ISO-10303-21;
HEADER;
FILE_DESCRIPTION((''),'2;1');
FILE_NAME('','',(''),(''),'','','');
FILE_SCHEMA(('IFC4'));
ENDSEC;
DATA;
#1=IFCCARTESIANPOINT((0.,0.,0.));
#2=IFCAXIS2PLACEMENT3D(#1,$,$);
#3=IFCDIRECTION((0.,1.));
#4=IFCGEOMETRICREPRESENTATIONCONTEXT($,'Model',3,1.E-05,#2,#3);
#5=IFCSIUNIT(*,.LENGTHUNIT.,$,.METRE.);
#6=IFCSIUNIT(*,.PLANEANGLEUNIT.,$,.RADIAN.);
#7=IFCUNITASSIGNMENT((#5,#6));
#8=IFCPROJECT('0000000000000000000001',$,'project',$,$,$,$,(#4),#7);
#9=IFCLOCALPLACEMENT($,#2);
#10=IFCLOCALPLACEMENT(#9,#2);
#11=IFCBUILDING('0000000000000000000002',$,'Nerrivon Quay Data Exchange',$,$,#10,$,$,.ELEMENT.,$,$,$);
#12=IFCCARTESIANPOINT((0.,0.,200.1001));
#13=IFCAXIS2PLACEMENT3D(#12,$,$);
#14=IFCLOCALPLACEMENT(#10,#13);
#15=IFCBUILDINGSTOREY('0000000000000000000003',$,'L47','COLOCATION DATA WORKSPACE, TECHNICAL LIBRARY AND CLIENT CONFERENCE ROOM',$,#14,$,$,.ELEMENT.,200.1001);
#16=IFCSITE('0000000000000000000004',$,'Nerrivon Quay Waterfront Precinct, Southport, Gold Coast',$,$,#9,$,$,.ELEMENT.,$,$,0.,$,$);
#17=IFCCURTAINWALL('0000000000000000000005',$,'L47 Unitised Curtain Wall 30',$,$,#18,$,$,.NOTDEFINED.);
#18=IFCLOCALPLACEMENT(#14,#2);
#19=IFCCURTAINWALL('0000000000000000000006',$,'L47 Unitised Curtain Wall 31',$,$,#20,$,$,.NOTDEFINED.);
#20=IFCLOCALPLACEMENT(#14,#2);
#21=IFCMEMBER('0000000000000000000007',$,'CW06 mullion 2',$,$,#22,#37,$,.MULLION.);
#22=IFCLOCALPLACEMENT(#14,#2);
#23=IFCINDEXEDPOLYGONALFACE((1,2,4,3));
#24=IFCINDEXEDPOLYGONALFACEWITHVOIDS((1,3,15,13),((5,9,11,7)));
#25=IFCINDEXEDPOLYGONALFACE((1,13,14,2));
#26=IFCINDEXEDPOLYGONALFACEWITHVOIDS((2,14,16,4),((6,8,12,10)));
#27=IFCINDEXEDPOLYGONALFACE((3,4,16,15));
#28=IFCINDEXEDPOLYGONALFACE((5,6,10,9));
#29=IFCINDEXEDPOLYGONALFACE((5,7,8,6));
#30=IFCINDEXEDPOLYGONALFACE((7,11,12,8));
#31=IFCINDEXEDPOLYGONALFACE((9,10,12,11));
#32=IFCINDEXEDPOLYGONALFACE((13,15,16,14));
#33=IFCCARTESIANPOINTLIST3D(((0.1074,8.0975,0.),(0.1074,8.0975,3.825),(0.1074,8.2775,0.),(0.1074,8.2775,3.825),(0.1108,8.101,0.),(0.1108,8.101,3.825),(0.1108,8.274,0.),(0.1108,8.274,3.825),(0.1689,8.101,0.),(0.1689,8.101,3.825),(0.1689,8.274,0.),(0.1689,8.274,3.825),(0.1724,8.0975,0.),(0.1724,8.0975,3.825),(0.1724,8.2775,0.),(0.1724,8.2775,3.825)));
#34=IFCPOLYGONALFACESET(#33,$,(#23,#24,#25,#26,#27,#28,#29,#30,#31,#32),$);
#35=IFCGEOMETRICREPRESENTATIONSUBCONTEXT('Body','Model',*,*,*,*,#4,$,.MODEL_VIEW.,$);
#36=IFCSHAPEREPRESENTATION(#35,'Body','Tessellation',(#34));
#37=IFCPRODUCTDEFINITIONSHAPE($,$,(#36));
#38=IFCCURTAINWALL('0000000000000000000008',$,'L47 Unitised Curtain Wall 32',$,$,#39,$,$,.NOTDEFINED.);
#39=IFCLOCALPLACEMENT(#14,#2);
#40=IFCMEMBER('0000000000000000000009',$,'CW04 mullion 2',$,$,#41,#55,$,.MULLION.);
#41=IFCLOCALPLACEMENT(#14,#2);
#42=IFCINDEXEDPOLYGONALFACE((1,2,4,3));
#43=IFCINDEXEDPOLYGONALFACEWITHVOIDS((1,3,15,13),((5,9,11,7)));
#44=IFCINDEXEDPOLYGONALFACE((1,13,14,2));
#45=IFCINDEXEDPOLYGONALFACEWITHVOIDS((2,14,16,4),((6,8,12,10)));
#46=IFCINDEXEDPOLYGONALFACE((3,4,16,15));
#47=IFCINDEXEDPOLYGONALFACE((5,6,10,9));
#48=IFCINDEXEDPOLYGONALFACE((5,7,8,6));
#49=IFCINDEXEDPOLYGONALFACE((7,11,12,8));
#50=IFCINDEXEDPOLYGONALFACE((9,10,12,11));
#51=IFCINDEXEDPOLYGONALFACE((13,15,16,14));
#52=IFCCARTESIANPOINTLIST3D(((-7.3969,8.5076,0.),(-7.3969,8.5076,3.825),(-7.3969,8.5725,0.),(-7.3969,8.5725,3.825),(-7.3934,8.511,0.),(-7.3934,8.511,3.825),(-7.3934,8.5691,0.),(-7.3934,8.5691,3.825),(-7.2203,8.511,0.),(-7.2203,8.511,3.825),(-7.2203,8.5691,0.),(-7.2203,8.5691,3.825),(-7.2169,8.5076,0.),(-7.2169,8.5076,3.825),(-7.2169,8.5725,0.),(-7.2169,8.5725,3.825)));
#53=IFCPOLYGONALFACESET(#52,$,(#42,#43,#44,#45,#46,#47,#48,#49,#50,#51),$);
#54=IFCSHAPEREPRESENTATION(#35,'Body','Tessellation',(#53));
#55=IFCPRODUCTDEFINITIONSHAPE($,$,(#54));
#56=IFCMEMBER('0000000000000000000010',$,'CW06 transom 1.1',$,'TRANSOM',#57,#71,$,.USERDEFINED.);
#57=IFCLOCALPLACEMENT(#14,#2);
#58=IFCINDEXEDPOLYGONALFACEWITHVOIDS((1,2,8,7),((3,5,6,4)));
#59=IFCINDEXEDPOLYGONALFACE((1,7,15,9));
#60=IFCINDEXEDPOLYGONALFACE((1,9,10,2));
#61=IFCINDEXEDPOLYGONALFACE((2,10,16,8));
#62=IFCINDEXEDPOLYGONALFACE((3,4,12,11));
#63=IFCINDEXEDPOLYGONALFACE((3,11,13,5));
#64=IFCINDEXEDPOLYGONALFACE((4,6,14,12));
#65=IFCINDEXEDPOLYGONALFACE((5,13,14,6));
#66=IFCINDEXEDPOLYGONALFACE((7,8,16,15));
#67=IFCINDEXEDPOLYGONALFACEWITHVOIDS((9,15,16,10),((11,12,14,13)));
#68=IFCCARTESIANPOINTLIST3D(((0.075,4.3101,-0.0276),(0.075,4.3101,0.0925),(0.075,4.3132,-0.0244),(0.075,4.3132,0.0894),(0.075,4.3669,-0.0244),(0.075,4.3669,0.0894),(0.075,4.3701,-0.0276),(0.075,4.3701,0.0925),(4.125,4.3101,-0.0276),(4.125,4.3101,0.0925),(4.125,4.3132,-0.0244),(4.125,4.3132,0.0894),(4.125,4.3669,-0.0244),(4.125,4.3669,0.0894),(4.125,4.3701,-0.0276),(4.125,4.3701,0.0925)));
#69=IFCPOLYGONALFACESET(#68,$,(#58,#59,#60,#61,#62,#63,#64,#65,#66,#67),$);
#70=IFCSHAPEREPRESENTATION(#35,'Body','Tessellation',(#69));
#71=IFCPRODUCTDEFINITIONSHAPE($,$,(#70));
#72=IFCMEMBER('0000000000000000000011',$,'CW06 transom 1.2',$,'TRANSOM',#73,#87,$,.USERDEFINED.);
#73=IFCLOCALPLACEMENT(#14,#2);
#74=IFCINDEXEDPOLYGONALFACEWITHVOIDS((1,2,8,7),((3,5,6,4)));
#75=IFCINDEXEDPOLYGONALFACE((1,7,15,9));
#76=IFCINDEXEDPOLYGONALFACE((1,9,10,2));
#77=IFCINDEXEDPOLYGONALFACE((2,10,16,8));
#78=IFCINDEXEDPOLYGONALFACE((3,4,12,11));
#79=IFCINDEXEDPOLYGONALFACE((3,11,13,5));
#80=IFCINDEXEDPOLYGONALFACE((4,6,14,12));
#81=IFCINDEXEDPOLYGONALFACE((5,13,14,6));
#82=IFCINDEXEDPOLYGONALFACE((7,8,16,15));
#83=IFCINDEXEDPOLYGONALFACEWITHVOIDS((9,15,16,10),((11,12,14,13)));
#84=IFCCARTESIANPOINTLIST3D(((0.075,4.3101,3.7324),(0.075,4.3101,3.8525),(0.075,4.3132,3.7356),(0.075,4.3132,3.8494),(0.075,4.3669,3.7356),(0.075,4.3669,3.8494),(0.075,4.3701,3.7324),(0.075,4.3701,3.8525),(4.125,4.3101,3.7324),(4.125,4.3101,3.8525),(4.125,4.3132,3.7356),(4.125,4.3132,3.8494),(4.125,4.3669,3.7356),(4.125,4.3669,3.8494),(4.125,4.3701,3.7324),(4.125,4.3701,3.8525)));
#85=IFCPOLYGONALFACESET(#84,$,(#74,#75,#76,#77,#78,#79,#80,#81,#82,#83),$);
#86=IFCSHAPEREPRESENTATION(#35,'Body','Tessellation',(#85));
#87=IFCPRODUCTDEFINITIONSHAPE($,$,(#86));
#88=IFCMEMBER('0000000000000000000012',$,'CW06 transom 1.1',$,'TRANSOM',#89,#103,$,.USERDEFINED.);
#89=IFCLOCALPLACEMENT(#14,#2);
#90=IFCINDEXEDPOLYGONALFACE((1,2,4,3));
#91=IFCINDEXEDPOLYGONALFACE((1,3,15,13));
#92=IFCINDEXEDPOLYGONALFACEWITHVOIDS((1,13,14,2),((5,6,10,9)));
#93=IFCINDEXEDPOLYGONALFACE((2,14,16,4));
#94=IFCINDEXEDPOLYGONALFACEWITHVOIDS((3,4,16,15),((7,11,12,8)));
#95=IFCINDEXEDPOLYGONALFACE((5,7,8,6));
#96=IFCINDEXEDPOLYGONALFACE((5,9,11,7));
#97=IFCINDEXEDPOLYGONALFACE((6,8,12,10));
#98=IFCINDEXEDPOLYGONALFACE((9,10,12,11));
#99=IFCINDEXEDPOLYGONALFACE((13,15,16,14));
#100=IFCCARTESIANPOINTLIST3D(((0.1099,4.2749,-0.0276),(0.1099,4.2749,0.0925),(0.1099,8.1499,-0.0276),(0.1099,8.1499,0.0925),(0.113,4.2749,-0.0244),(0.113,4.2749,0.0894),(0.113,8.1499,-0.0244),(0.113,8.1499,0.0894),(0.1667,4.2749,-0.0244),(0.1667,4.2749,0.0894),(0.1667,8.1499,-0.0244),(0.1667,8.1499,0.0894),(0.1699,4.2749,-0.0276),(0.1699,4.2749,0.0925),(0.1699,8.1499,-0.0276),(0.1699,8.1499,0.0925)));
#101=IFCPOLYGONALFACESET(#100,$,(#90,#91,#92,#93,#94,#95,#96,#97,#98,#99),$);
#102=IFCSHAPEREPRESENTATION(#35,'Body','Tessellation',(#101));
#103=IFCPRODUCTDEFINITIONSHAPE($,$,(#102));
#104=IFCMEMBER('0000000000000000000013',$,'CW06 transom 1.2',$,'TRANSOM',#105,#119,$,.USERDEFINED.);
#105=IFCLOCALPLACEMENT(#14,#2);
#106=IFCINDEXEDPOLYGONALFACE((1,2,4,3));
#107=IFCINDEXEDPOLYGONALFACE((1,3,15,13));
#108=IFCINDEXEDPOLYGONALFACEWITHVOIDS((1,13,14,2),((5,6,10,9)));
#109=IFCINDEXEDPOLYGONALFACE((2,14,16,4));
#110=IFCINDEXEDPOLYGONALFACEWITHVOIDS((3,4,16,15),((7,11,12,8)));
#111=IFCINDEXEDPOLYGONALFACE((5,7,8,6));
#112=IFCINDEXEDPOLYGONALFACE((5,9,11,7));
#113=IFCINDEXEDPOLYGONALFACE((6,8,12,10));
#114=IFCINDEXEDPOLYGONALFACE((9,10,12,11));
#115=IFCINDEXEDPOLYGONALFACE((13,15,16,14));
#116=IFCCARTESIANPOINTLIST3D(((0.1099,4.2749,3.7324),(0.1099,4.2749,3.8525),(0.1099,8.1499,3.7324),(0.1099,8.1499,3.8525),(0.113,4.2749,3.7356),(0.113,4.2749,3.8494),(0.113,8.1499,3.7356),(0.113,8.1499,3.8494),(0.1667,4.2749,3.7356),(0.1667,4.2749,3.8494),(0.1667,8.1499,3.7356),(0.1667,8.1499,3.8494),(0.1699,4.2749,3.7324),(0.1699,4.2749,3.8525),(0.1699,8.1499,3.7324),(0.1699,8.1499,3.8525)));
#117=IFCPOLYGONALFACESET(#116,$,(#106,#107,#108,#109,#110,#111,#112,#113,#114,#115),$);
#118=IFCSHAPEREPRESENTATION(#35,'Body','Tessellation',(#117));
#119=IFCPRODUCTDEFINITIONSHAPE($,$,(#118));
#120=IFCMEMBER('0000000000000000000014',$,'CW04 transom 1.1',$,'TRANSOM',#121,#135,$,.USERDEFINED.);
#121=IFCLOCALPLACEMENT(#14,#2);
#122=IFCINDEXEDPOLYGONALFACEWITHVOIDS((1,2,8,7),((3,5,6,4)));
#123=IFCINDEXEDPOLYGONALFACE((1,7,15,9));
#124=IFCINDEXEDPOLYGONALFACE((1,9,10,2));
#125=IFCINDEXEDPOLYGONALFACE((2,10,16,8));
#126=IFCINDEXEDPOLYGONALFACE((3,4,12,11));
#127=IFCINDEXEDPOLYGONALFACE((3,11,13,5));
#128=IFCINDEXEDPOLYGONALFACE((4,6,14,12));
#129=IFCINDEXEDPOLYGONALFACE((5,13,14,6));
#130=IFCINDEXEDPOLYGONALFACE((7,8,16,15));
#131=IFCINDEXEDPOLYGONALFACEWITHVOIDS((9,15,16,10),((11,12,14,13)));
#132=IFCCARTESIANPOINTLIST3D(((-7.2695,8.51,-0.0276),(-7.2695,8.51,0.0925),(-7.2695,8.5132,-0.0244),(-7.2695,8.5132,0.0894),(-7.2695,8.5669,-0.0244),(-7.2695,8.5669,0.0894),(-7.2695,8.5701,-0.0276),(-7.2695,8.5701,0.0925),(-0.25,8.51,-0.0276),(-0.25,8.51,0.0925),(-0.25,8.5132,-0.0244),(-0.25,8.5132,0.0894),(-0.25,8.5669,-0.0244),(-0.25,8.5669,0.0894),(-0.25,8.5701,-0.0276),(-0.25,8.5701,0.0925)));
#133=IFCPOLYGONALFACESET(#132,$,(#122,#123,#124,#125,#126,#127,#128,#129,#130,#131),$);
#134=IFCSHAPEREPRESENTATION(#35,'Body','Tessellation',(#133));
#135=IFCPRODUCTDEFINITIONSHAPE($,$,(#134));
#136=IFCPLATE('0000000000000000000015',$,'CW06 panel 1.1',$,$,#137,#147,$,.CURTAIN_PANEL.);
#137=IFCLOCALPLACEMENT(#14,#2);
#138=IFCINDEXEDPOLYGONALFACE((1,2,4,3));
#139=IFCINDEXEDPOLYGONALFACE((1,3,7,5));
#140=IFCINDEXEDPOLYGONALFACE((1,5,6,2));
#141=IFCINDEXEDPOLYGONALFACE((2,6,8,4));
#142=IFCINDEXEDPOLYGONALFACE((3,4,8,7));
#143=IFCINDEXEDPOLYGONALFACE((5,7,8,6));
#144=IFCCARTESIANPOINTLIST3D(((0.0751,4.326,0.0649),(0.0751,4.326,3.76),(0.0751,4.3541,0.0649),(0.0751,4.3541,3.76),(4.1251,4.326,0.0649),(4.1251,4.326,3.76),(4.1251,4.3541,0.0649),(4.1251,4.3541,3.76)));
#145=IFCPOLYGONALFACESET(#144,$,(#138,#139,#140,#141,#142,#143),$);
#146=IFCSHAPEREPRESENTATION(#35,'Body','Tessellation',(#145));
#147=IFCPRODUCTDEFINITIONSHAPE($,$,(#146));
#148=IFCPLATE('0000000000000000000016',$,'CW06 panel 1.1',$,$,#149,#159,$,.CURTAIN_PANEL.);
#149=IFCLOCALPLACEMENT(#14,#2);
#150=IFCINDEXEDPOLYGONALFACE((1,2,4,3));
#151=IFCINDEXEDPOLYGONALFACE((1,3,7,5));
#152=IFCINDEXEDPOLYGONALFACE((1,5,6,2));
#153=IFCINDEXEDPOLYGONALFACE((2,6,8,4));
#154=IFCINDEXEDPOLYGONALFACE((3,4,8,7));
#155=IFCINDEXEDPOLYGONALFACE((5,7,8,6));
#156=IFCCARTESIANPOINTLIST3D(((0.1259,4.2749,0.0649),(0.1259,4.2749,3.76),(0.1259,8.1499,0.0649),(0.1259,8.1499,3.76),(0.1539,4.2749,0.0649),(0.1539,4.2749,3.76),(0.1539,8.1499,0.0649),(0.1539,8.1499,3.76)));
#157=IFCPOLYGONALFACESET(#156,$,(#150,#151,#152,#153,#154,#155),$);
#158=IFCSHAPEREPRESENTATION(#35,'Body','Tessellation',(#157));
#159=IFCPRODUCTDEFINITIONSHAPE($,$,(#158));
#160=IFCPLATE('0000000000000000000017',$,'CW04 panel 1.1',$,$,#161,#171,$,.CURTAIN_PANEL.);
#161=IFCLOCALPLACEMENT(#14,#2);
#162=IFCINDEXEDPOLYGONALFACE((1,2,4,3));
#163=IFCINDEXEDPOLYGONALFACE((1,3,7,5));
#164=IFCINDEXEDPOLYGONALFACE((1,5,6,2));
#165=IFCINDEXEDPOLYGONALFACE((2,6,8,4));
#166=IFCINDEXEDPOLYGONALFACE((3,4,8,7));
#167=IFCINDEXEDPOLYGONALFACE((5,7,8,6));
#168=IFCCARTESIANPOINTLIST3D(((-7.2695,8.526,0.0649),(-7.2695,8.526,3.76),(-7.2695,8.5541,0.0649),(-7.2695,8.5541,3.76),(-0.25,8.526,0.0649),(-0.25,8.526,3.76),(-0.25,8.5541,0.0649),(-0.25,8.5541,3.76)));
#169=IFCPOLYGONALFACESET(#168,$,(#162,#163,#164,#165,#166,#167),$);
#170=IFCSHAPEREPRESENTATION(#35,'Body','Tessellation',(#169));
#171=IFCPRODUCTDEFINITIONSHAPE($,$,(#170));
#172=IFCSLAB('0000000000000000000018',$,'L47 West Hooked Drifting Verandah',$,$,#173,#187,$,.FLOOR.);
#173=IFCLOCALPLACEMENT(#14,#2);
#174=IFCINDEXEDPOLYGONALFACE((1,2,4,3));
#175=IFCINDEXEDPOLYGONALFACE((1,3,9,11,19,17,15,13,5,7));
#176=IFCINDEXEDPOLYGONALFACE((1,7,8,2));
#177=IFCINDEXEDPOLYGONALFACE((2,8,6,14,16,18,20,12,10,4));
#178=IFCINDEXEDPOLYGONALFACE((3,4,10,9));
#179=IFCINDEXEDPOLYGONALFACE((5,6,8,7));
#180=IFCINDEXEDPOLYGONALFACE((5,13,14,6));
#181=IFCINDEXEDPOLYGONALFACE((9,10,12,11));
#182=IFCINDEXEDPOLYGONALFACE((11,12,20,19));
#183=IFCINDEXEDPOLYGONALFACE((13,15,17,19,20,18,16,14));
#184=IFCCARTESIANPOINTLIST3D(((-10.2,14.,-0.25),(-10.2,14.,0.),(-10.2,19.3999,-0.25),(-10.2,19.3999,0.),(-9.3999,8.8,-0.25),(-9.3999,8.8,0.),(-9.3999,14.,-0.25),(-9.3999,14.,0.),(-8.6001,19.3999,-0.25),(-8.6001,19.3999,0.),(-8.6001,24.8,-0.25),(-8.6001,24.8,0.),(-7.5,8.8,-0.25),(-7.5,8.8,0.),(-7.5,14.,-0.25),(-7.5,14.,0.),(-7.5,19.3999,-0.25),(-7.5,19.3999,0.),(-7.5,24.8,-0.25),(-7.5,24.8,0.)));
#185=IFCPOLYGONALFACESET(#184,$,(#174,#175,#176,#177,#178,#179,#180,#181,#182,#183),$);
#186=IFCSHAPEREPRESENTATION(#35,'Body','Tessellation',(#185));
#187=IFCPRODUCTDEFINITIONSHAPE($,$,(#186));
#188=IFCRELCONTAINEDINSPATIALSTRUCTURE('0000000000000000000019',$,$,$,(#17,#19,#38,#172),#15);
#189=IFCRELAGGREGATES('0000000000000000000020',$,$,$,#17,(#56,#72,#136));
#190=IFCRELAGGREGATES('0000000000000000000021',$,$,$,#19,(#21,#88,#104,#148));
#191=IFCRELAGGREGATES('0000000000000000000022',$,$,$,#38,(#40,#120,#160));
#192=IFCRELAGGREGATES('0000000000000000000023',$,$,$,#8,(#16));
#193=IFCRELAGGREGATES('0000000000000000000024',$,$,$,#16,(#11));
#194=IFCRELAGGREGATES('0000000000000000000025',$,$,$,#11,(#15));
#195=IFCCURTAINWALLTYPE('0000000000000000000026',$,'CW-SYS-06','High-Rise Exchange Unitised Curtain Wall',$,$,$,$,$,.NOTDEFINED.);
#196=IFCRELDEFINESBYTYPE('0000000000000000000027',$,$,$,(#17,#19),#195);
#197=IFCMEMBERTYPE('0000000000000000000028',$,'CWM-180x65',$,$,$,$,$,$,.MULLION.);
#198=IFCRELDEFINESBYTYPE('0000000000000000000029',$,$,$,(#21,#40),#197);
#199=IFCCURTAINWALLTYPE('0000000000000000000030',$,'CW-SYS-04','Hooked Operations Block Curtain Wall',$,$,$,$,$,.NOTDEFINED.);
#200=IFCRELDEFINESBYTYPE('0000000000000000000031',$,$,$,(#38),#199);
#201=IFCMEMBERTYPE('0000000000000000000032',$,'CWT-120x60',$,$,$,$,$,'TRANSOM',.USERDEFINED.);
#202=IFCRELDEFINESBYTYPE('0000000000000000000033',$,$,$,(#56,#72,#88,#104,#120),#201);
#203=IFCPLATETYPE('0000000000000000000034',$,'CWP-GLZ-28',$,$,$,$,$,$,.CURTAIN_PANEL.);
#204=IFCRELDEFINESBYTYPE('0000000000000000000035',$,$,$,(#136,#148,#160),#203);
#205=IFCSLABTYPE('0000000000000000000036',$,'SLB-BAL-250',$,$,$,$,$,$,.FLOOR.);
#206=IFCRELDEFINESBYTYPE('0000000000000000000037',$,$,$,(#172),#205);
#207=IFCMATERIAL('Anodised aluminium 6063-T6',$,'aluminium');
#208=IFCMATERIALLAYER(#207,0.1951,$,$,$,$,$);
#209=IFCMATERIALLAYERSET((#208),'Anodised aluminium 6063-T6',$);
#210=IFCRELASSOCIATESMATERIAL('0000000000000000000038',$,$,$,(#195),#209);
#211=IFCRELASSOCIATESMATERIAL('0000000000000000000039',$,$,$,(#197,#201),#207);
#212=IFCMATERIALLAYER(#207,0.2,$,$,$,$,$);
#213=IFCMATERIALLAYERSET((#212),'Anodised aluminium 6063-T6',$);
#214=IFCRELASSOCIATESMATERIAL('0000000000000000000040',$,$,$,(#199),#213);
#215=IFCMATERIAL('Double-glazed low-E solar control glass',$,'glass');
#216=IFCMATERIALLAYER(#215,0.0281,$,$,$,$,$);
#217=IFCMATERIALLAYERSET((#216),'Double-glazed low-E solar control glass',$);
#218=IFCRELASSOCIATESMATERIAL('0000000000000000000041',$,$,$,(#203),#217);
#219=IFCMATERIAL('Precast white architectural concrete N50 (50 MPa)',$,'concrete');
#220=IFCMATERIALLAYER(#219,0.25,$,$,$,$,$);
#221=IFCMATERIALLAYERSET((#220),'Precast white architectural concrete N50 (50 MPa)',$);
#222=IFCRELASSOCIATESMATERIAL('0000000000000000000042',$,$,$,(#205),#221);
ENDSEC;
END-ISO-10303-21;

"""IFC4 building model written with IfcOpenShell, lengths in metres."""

from ifc_helpers import new_model, si_unit, direction, frame, origin, origin_2d, place, context, subcontext, project, spatial, polyline, rectangle, hollow_rectangle, outline, extrude, material, layer, layer_set, material_profile, profile_set, type_object, element, aggregate, save


model = new_model("IFC4")

# Units and contexts
model_context = context("Model", 3, precision=1e-05, world=origin(), true_north=direction((0.0, 1.0)))
body_context = subcontext(model_context, "Body", "Model", "MODEL_VIEW")
ifc_project = project(units=[si_unit("LENGTHUNIT", "METRE"), si_unit("PLANEANGLEUNIT", "RADIAN")], contexts=[model_context])

# Site, building, storey
site_placement = place(None, origin())
site = spatial("IfcSite", under=ifc_project, at=site_placement, Name="Nerrivon Quay Waterfront Precinct, Southport, Gold Coast", CompositionType="ELEMENT", RefElevation=0.0)
building_placement = place(site_placement, origin())
building = spatial("IfcBuilding", under=site, at=building_placement, Name="Nerrivon Quay Data Exchange", CompositionType="ELEMENT")
storey_placement = place(building_placement, frame((0.0, 0.0, 200.1001)))
storey = spatial("IfcBuildingStorey", under=building, at=storey_placement, Name="L47", Description="COLOCATION DATA WORKSPACE, TECHNICAL LIBRARY AND CLIENT CONFERENCE ROOM", CompositionType="ELEMENT", Elevation=200.1001)

# Curtain wall
ifc_material_1 = material(Name="Anodised aluminium 6063-T6", Category="aluminium")
ifc_layer_1 = layer(ifc_material_1, 0.1951)
ifc_layer_set_1 = layer_set([ifc_layer_1], Name="Anodised aluminium 6063-T6")
curtain_wall_type_1 = type_object("IfcCurtainWallType", Name="CW-SYS-06", Description="High-Rise Exchange Unitised Curtain Wall", PredefinedType="NOTDEFINED", material=ifc_layer_set_1)
curtain_wall_1_placement = place(storey_placement, origin())
curtain_wall_1 = element("IfcCurtainWall", 1, at=curtain_wall_1_placement, inside=storey, type_object=curtain_wall_type_1, Name="L47 Unitised Curtain Wall 30", PredefinedType="NOTDEFINED")
ifc_material_profile_1 = material_profile(ifc_material_1, hollow_rectangle(XDim=0.0649, YDim=0.1799, WallThickness=0.0034, at=origin_2d()), Name="ALU-MULL-180x65")
ifc_profile_set_1 = profile_set([ifc_material_profile_1], Name="Anodised aluminium 6063-T6")
member_type_1 = type_object("IfcMemberType", Name="CWM-180x65", PredefinedType="MULLION", material=ifc_profile_set_1)

# Curtain wall, member
curtain_wall_2_placement = place(storey_placement, origin())
curtain_wall_2 = element("IfcCurtainWall", 2, at=curtain_wall_2_placement, inside=storey, type_object=curtain_wall_type_1, Name="L47 Unitised Curtain Wall 31", PredefinedType="NOTDEFINED")
member_1_placement = place(storey_placement, frame((0.1399, 8.1875, 0.0), z_axis=(0.0, 0.0, 1.0), x_axis=(-1.0, 0.0, 0.0)))
member_1 = element("IfcMember", 3, at=member_1_placement, type_object=member_type_1, Name="CW06 mullion 2", PredefinedType="MULLION", context=body_context, shape_type="SweptSolid", body=[
    extrude(hollow_rectangle(XDim=0.0649, YDim=0.1799, WallThickness=0.0034, at=origin_2d()), origin(), (0.0, 0.0, 1.0), 3.825),
])

# Curtain wall, member
ifc_layer_2 = layer(ifc_material_1, 0.2)
ifc_layer_set_2 = layer_set([ifc_layer_2], Name="Anodised aluminium 6063-T6")
curtain_wall_type_2 = type_object("IfcCurtainWallType", Name="CW-SYS-04", Description="Hooked Operations Block Curtain Wall", PredefinedType="NOTDEFINED", material=ifc_layer_set_2)
curtain_wall_3_placement = place(storey_placement, origin())
curtain_wall_3 = element("IfcCurtainWall", 4, at=curtain_wall_3_placement, inside=storey, type_object=curtain_wall_type_2, Name="L47 Unitised Curtain Wall 32", PredefinedType="NOTDEFINED")
member_2_placement = place(storey_placement, frame((-7.3069, 8.54, 0.0), z_axis=(0.0, 0.0, 1.0), x_axis=(0.0, -1.0, 0.0)))
member_2 = element("IfcMember", 5, at=member_2_placement, type_object=member_type_1, Name="CW04 mullion 2", PredefinedType="MULLION", context=body_context, shape_type="SweptSolid", body=[
    extrude(hollow_rectangle(XDim=0.0649, YDim=0.1799, WallThickness=0.0034, at=origin_2d()), origin(), (0.0, 0.0, 1.0), 3.825),
])

# Members
ifc_material_profile_2 = material_profile(ifc_material_1, hollow_rectangle(XDim=0.0601, YDim=0.1201, WallThickness=0.0032, at=origin_2d()), Name="ALU-TRAN-120x60")
ifc_profile_set_2 = profile_set([ifc_material_profile_2], Name="Anodised aluminium 6063-T6")
member_type_2 = type_object("IfcMemberType", Name="CWT-120x60", ElementType="TRANSOM", PredefinedType="USERDEFINED", material=ifc_profile_set_2)
member_3_placement = place(storey_placement, frame((4.125, 4.3401, 0.0325), z_axis=(-1.0, 0.0, 0.0), x_axis=(0.0, -1.0, 0.0)))
member_3 = element("IfcMember", 6, at=member_3_placement, type_object=member_type_2, Name="CW06 transom 1.1", ObjectType="TRANSOM", PredefinedType="USERDEFINED", context=body_context, shape_type="SweptSolid", body=[
    extrude(hollow_rectangle(XDim=0.0601, YDim=0.1201, WallThickness=0.0032, at=origin_2d()), origin(), (0.0, 0.0, 1.0), 4.05),
])
member_4_placement = place(storey_placement, frame((4.125, 4.3401, 3.7925), z_axis=(-1.0, 0.0, 0.0), x_axis=(0.0, -1.0, 0.0)))
member_4 = element("IfcMember", 7, at=member_4_placement, type_object=member_type_2, Name="CW06 transom 1.2", ObjectType="TRANSOM", PredefinedType="USERDEFINED", context=body_context, shape_type="SweptSolid", body=[
    extrude(hollow_rectangle(XDim=0.0601, YDim=0.1201, WallThickness=0.0032, at=origin_2d()), origin(), (0.0, 0.0, 1.0), 4.05),
])
member_5_placement = place(storey_placement, frame((0.1399, 4.2749, 0.0325), z_axis=(0.0, 1.0, 0.0), x_axis=(-1.0, 0.0, 0.0)))
member_5 = element("IfcMember", 8, at=member_5_placement, type_object=member_type_2, Name="CW06 transom 1.1", ObjectType="TRANSOM", PredefinedType="USERDEFINED", context=body_context, shape_type="SweptSolid", body=[
    extrude(hollow_rectangle(XDim=0.0601, YDim=0.1201, WallThickness=0.0032, at=origin_2d()), origin(), (0.0, 0.0, 1.0), 3.875),
])
member_6_placement = place(storey_placement, frame((0.1399, 4.2749, 3.7925), z_axis=(0.0, 1.0, 0.0), x_axis=(-1.0, 0.0, 0.0)))
member_6 = element("IfcMember", 9, at=member_6_placement, type_object=member_type_2, Name="CW06 transom 1.2", ObjectType="TRANSOM", PredefinedType="USERDEFINED", context=body_context, shape_type="SweptSolid", body=[
    extrude(hollow_rectangle(XDim=0.0601, YDim=0.1201, WallThickness=0.0032, at=origin_2d()), origin(), (0.0, 0.0, 1.0), 3.875),
])
member_7_placement = place(storey_placement, frame((-0.25, 8.54, 0.0325), z_axis=(-1.0, 0.0, 0.0), x_axis=(0.0, -1.0, 0.0)))
member_7 = element("IfcMember", 10, at=member_7_placement, type_object=member_type_2, Name="CW04 transom 1.1", ObjectType="TRANSOM", PredefinedType="USERDEFINED", context=body_context, shape_type="SweptSolid", body=[
    extrude(hollow_rectangle(XDim=0.0601, YDim=0.1201, WallThickness=0.0032, at=origin_2d()), origin(), (0.0, 0.0, 1.0), 7.0195),
])

# Plates
ifc_material_2 = material(Name="Double-glazed low-E solar control glass", Category="glass")
ifc_layer_3 = layer(ifc_material_2, 0.0281)
ifc_layer_set_3 = layer_set([ifc_layer_3], Name="Double-glazed low-E solar control glass")
plate_type = type_object("IfcPlateType", Name="CWP-GLZ-28", PredefinedType="CURTAIN_PANEL", material=ifc_layer_set_3)
plate_1_placement = place(storey_placement, frame((2.1001, 4.3401, 0.0649), z_axis=(0.0, 0.0, 1.0), x_axis=(-1.0, 0.0, 0.0)))
plate_1 = element("IfcPlate", 11, at=plate_1_placement, type_object=plate_type, Name="CW06 panel 1.1", PredefinedType="CURTAIN_PANEL", context=body_context, shape_type="SweptSolid", body=[
    extrude(rectangle(XDim=4.05, YDim=0.0281, at=origin_2d()), origin(), (0.0, 0.0, 1.0), 3.6951),
])
aggregate(curtain_wall_1, [member_3, member_4, plate_1])
plate_2_placement = place(storey_placement, frame((0.1399, 6.2124, 0.0649), z_axis=(0.0, 0.0, 1.0), x_axis=(0.0, 1.0, 0.0)))
plate_2 = element("IfcPlate", 12, at=plate_2_placement, type_object=plate_type, Name="CW06 panel 1.1", PredefinedType="CURTAIN_PANEL", context=body_context, shape_type="SweptSolid", body=[
    extrude(rectangle(XDim=3.875, YDim=0.0281, at=origin_2d()), origin(), (0.0, 0.0, 1.0), 3.6951),
])
aggregate(curtain_wall_2, [member_1, member_5, member_6, plate_2])
plate_3_placement = place(storey_placement, frame((-3.7598, 8.54, 0.0649), z_axis=(0.0, 0.0, 1.0), x_axis=(-1.0, 0.0, 0.0)))
plate_3 = element("IfcPlate", 13, at=plate_3_placement, type_object=plate_type, Name="CW04 panel 1.1", PredefinedType="CURTAIN_PANEL", context=body_context, shape_type="SweptSolid", body=[
    extrude(rectangle(XDim=7.0195, YDim=0.0281, at=origin_2d()), origin(), (0.0, 0.0, 1.0), 3.6951),
])
aggregate(curtain_wall_3, [member_2, member_7, plate_3])

# Slab
ifc_material_3 = material(Name="Precast white architectural concrete N50 (50 MPa)", Category="concrete")
ifc_layer_4 = layer(ifc_material_3, 0.25)
ifc_layer_set_4 = layer_set([ifc_layer_4], Name="Precast white architectural concrete N50 (50 MPa)")
slab_type_1 = type_object("IfcSlabType", Name="SLB-BAL-250", PredefinedType="FLOOR", material=ifc_layer_set_4)
slab_1_placement = place(storey_placement, frame((0.0, 0.0, -0.25)))
element("IfcSlab", 14, at=slab_1_placement, inside=storey, type_object=slab_type_1, Name="L47 West Hooked Drifting Verandah", PredefinedType="FLOOR", context=body_context, shape_type="SweptSolid", body=[
    extrude(outline(polyline([(-7.5, 14.0), (-7.5, 19.3999), (-7.5, 24.8), (-8.6001, 24.8), (-8.6001, 19.3999), (-10.2, 19.3999), (-10.2, 14.0), (-9.3999, 14.0), (-9.3999, 8.8), (-7.5, 8.8), (-7.5, 14.0)])), origin(), (0.0, 0.0, 1.0), 0.25),
])

save(model, "model.ifc")
